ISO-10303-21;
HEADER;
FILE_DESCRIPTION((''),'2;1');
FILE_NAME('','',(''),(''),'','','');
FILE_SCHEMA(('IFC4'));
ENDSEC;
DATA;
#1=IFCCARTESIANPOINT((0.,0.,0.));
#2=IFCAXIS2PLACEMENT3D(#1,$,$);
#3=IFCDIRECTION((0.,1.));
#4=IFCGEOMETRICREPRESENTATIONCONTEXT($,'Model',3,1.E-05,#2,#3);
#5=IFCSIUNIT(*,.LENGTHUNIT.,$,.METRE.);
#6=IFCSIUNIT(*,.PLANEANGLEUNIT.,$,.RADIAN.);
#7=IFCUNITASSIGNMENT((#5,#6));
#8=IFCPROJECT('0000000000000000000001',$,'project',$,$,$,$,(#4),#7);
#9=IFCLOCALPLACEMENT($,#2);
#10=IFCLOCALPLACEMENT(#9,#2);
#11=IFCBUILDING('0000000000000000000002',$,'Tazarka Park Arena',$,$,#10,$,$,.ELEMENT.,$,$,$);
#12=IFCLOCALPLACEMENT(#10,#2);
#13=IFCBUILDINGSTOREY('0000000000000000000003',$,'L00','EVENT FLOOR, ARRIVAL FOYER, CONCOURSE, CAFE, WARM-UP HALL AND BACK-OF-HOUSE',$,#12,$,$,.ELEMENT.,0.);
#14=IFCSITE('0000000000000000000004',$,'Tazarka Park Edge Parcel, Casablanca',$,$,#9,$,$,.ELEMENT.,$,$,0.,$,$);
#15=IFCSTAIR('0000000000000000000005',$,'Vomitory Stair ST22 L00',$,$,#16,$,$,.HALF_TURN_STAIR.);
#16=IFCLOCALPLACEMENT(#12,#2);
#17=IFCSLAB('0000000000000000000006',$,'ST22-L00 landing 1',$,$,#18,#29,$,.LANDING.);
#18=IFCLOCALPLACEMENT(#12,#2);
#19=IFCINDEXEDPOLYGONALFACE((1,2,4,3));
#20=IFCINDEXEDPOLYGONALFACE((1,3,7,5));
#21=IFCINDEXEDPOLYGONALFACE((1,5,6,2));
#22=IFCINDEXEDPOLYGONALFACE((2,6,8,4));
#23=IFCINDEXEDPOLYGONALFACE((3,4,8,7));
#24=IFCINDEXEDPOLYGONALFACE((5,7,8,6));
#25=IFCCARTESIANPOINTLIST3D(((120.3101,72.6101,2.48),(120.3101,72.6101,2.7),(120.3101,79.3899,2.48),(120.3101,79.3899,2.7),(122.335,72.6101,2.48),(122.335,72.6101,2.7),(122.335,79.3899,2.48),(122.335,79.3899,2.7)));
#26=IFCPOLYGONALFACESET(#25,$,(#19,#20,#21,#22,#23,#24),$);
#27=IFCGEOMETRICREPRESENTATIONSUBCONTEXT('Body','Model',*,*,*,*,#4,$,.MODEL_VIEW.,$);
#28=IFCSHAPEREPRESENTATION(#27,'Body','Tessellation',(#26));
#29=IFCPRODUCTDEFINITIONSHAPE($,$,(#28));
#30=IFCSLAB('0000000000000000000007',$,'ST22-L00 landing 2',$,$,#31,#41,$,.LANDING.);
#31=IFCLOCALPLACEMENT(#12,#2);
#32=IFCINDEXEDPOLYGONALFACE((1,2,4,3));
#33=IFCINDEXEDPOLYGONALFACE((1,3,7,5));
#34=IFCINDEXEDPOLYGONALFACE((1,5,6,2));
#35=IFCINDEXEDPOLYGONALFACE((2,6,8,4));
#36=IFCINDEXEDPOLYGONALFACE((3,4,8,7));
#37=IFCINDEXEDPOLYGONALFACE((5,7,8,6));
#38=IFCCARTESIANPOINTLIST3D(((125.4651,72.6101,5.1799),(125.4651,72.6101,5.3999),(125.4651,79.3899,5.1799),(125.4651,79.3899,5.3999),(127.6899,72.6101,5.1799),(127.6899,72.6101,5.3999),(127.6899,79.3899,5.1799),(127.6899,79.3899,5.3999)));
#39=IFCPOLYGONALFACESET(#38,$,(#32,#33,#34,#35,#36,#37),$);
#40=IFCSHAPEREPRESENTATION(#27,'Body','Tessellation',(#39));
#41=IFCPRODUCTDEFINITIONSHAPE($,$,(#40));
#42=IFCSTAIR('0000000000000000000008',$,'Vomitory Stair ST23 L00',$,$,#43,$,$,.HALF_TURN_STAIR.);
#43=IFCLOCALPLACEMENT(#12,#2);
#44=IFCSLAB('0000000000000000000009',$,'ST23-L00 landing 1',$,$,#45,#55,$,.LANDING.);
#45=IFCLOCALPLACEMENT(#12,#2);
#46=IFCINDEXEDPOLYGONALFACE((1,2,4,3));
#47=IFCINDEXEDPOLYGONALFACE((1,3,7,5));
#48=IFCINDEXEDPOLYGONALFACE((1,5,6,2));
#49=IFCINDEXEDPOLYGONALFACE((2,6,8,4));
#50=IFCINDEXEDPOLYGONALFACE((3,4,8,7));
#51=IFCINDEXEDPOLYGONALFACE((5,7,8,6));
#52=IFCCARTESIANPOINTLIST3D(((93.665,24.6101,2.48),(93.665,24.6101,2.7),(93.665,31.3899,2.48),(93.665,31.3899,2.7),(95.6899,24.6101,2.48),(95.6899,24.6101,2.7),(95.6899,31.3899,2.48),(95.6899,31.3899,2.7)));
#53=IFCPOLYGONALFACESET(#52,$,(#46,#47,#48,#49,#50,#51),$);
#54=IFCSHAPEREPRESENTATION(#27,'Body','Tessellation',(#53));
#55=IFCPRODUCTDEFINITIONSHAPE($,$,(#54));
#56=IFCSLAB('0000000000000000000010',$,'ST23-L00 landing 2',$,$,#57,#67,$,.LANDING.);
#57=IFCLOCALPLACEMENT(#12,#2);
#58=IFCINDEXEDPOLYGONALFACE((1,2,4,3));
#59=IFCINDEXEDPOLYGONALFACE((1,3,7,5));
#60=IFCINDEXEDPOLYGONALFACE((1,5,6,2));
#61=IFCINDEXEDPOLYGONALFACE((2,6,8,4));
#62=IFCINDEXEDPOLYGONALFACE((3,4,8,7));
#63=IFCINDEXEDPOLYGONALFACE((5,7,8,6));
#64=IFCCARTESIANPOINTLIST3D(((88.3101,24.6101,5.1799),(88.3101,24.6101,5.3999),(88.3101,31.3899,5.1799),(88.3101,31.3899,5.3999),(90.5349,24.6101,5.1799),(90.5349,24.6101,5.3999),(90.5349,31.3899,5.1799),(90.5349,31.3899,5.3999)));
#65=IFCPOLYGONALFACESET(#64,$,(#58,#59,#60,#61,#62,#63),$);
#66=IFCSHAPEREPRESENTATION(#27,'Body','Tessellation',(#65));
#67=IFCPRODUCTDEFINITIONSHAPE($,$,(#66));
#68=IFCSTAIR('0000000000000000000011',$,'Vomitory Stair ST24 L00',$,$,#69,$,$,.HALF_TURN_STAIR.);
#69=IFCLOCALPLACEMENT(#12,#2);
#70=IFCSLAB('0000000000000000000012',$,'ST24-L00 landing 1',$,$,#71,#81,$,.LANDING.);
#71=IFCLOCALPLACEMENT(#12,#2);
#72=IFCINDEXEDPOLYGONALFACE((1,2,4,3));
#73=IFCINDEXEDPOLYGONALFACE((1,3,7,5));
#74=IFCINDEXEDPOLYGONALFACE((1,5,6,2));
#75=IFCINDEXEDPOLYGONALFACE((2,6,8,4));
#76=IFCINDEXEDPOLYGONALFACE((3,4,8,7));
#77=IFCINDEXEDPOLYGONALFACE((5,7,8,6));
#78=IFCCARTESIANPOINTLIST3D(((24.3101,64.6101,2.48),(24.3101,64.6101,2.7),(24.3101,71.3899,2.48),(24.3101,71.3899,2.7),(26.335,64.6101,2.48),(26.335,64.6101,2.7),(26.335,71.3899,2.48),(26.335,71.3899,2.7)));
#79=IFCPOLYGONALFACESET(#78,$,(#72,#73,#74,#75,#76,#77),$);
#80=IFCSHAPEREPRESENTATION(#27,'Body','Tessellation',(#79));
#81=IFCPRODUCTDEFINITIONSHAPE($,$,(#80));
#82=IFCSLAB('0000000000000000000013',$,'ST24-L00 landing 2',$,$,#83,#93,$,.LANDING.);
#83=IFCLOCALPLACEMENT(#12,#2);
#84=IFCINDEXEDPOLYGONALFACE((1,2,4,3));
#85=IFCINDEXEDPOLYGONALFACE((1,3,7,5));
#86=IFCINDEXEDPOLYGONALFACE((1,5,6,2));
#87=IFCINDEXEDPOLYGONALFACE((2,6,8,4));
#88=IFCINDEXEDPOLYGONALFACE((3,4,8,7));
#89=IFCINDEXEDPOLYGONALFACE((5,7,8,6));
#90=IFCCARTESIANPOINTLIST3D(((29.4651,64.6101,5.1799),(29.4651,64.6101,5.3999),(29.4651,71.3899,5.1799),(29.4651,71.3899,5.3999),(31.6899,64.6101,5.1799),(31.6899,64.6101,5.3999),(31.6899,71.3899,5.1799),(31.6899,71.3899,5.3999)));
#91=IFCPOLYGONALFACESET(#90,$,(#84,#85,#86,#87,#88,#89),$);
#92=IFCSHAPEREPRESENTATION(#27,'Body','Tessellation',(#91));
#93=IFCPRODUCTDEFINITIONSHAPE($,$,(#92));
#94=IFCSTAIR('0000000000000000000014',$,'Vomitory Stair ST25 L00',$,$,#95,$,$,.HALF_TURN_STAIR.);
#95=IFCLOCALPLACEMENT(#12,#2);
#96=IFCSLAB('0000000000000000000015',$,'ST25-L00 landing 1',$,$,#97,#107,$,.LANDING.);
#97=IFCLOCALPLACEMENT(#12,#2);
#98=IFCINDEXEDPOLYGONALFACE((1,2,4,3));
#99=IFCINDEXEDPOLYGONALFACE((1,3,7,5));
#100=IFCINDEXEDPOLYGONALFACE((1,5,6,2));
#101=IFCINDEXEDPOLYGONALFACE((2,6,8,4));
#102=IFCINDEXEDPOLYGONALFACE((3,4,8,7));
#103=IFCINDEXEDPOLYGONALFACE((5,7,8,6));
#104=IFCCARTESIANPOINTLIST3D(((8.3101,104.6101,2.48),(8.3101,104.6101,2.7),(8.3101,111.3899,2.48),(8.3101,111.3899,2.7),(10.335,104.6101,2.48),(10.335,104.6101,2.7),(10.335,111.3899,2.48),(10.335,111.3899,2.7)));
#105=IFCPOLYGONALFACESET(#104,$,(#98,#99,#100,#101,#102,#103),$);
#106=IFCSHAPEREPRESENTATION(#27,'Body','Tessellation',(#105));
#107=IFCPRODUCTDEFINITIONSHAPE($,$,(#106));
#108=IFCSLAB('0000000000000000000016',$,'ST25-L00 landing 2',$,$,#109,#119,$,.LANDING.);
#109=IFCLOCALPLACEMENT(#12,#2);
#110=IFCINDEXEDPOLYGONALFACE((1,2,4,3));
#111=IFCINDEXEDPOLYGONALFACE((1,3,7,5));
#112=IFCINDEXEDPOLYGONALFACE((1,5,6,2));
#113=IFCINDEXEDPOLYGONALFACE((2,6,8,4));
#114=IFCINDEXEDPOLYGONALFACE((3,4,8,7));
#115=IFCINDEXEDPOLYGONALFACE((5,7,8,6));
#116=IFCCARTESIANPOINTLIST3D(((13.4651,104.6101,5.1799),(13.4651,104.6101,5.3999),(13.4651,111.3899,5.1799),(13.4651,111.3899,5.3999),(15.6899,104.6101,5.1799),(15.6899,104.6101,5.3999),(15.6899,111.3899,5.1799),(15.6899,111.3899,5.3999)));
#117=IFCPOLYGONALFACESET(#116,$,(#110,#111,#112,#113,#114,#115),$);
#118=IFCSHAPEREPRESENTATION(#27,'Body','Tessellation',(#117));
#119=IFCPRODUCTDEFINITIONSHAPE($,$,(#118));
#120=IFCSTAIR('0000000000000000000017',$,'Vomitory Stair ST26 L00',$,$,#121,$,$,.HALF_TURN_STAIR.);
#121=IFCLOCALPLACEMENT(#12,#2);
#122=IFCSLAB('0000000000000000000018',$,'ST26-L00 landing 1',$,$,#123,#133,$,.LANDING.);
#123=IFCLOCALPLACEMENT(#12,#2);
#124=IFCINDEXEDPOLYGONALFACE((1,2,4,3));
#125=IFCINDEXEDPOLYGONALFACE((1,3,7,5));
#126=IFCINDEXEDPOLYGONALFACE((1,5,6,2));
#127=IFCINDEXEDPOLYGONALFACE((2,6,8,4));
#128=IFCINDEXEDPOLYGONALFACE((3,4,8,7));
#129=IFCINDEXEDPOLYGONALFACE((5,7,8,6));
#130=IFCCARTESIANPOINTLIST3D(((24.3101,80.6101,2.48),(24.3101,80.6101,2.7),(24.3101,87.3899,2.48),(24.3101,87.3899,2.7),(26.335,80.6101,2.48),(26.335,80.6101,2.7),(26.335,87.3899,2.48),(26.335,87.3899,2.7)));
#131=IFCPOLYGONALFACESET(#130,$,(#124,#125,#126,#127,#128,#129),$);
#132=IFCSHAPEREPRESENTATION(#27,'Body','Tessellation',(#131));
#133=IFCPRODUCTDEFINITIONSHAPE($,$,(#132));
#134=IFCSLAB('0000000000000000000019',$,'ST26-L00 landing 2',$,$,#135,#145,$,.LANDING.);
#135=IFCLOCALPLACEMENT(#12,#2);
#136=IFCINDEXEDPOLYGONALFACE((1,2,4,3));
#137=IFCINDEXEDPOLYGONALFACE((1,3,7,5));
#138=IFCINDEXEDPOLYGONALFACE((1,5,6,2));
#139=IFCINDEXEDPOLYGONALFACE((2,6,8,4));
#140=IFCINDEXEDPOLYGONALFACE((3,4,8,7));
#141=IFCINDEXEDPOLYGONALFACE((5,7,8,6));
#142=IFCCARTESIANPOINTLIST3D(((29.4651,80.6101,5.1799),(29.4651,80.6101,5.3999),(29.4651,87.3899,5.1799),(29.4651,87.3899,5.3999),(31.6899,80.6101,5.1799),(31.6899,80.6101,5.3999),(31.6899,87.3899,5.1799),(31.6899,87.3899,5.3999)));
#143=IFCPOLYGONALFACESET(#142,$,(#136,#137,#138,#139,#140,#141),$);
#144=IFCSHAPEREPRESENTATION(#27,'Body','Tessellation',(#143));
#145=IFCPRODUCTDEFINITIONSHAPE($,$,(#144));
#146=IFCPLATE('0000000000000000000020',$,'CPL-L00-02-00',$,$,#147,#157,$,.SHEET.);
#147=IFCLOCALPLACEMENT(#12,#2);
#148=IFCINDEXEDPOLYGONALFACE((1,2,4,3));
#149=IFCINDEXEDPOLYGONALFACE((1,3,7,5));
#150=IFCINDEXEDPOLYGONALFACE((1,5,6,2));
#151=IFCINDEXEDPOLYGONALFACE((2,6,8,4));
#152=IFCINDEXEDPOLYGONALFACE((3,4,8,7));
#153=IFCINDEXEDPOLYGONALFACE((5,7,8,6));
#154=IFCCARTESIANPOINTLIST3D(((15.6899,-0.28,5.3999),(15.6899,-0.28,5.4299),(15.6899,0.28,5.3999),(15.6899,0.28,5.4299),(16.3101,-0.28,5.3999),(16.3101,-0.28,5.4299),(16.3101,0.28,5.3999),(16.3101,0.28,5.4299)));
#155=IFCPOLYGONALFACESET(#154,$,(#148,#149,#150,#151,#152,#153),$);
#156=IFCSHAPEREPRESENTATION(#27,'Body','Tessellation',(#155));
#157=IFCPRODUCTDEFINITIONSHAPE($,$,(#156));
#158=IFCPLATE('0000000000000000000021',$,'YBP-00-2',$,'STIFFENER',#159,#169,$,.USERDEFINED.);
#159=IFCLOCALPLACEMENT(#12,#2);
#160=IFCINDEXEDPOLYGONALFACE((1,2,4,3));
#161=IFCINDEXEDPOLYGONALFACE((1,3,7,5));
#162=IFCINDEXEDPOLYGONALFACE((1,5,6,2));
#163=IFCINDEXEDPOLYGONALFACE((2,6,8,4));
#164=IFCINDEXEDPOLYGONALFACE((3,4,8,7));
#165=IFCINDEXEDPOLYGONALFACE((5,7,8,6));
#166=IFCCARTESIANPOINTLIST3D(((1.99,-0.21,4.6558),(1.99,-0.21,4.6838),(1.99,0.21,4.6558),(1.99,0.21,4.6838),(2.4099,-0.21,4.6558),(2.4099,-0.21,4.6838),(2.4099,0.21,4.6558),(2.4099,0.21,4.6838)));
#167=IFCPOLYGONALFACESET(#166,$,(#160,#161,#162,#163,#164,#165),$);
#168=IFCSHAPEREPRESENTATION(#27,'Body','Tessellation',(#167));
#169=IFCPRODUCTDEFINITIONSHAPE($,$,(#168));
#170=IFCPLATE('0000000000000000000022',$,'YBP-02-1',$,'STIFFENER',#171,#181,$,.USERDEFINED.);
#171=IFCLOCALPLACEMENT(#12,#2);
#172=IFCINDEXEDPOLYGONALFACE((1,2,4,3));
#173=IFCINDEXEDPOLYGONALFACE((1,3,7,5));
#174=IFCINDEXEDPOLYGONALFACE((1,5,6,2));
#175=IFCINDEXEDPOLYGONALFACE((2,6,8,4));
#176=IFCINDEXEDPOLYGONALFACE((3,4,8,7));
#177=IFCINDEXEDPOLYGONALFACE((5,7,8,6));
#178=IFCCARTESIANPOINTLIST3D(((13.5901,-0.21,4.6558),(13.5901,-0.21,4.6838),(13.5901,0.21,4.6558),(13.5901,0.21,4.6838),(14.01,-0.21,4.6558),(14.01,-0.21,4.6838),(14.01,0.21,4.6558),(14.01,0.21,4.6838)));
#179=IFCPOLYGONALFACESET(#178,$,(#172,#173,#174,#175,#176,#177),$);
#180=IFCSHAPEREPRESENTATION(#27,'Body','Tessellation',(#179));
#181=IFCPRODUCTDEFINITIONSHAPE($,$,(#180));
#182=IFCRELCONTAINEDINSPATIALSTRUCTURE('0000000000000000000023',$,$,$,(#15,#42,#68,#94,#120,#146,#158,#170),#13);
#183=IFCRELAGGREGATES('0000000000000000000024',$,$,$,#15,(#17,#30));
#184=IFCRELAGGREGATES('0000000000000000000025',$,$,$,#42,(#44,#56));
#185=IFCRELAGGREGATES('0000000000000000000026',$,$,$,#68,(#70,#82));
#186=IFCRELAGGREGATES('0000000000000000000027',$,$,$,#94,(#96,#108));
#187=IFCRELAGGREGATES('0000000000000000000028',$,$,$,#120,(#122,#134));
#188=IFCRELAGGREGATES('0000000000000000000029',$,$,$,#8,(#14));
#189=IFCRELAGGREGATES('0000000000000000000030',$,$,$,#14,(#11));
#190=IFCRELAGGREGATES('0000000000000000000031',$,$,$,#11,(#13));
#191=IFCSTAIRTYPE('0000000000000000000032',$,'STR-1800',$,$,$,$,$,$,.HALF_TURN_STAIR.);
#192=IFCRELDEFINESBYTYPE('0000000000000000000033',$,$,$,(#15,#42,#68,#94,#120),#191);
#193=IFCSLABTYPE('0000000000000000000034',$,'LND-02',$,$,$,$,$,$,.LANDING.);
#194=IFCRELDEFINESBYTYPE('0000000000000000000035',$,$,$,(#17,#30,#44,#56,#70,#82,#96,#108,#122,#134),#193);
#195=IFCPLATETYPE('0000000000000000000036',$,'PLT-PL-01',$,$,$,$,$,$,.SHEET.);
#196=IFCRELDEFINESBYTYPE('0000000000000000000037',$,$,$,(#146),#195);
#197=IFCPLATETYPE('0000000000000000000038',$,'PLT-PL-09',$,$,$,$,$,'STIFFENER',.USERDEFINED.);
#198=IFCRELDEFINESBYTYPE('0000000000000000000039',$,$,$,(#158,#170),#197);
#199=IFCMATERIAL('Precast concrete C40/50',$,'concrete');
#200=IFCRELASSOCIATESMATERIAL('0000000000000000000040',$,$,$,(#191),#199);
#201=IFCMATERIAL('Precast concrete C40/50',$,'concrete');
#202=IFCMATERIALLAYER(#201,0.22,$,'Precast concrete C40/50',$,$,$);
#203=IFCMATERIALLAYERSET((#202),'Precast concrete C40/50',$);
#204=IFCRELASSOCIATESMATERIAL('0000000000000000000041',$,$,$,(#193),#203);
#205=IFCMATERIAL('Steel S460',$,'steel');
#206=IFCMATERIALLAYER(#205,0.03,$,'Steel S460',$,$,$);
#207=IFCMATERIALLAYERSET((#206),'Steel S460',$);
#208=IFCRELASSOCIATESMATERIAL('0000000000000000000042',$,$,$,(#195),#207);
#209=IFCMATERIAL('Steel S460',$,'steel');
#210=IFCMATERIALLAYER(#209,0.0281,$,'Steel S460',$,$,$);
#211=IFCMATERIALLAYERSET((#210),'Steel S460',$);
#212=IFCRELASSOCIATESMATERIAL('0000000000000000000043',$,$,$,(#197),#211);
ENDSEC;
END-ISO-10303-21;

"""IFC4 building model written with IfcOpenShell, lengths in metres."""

from ifc_helpers import new_model, si_unit, direction, frame, origin, origin_2d, place, context, subcontext, project, spatial, polyline, rectangle, outline, extrude, material, layer, layer_set, type_object, element, aggregate, save


model = new_model("IFC4")

# Units and contexts
model_context = context("Model", 3, precision=1e-05, world=origin(), true_north=direction((0.0, 1.0)))
body_context = subcontext(model_context, "Body", "Model", "MODEL_VIEW")
ifc_project = project(units=[si_unit("LENGTHUNIT", "METRE"), si_unit("PLANEANGLEUNIT", "RADIAN")], contexts=[model_context])

# Site, building, storey
site_placement = place(None, origin())
site = spatial("IfcSite", under=ifc_project, at=site_placement, Name="Tazarka Park Edge Parcel, Casablanca", CompositionType="ELEMENT", RefElevation=0.0)
building_placement = place(site_placement, origin())
building = spatial("IfcBuilding", under=site, at=building_placement, Name="Tazarka Park Arena", CompositionType="ELEMENT")
storey_placement = place(building_placement, origin())
storey = spatial("IfcBuildingStorey", under=building, at=storey_placement, Name="L00", Description="EVENT FLOOR, ARRIVAL FOYER, CONCOURSE, CAFE, WARM-UP HALL AND BACK-OF-HOUSE", CompositionType="ELEMENT", Elevation=0.0)

# Stairs, slabs
ifc_material_1 = material(Name="Precast concrete C40/50", Category="concrete")
stair_type = type_object("IfcStairType", Name="STR-1800", PredefinedType="HALF_TURN_STAIR", material=ifc_material_1)
ifc_material_2 = material(Name="Precast concrete C40/50", Category="concrete")
ifc_layer_1 = layer(ifc_material_2, 0.22, Name="Precast concrete C40/50")
ifc_layer_set_1 = layer_set([ifc_layer_1], Name="Precast concrete C40/50")
slab_type = type_object("IfcSlabType", Name="LND-02", PredefinedType="LANDING", material=ifc_layer_set_1)
stair_1_placement = place(storey_placement, origin())
stair_1 = element("IfcStair", 1, at=stair_1_placement, inside=storey, type_object=stair_type, Name="Vomitory Stair ST22 L00", PredefinedType="HALF_TURN_STAIR")
slab_1_placement = place(storey_placement, frame((0.0, 0.0, 2.48)))
slab_1 = element("IfcSlab", 2, at=slab_1_placement, type_object=slab_type, Name="ST22-L00 landing 1", PredefinedType="LANDING", context=body_context, shape_type="SweptSolid", body=[
    extrude(outline(polyline([(120.3101, 72.6101), (122.335, 72.6101), (122.335, 79.3899), (120.3101, 79.3899), (120.3101, 72.6101)])), origin(), (0.0, 0.0, 1.0), 0.22),
])
slab_2_placement = place(storey_placement, frame((0.0, 0.0, 5.1799)))
slab_2 = element("IfcSlab", 3, at=slab_2_placement, type_object=slab_type, Name="ST22-L00 landing 2", PredefinedType="LANDING", context=body_context, shape_type="SweptSolid", body=[
    extrude(outline(polyline([(125.4651, 72.6101), (127.6899, 72.6101), (127.6899, 79.3899), (125.4651, 79.3899), (125.4651, 72.6101)])), origin(), (0.0, 0.0, 1.0), 0.22),
])
aggregate(stair_1, [slab_1, slab_2])
stair_2_placement = place(storey_placement, origin())
stair_2 = element("IfcStair", 4, at=stair_2_placement, inside=storey, type_object=stair_type, Name="Vomitory Stair ST23 L00", PredefinedType="HALF_TURN_STAIR")
slab_3_placement = place(storey_placement, frame((0.0, 0.0, 2.48)))
slab_3 = element("IfcSlab", 5, at=slab_3_placement, type_object=slab_type, Name="ST23-L00 landing 1", PredefinedType="LANDING", context=body_context, shape_type="SweptSolid", body=[
    extrude(outline(polyline([(93.665, 24.6101), (95.6899, 24.6101), (95.6899, 31.3899), (93.665, 31.3899), (93.665, 24.6101)])), origin(), (0.0, 0.0, 1.0), 0.22),
])
slab_4_placement = place(storey_placement, frame((0.0, 0.0, 5.1799)))
slab_4 = element("IfcSlab", 6, at=slab_4_placement, type_object=slab_type, Name="ST23-L00 landing 2", PredefinedType="LANDING", context=body_context, shape_type="SweptSolid", body=[
    extrude(outline(polyline([(88.3101, 24.6101), (90.5349, 24.6101), (90.5349, 31.3899), (88.3101, 31.3899), (88.3101, 24.6101)])), origin(), (0.0, 0.0, 1.0), 0.22),
])
aggregate(stair_2, [slab_3, slab_4])
stair_3_placement = place(storey_placement, origin())
stair_3 = element("IfcStair", 7, at=stair_3_placement, inside=storey, type_object=stair_type, Name="Vomitory Stair ST24 L00", PredefinedType="HALF_TURN_STAIR")
slab_5_placement = place(storey_placement, frame((0.0, 0.0, 2.48)))
slab_5 = element("IfcSlab", 8, at=slab_5_placement, type_object=slab_type, Name="ST24-L00 landing 1", PredefinedType="LANDING", context=body_context, shape_type="SweptSolid", body=[
    extrude(outline(polyline([(24.3101, 64.6101), (26.335, 64.6101), (26.335, 71.3899), (24.3101, 71.3899), (24.3101, 64.6101)])), origin(), (0.0, 0.0, 1.0), 0.22),
])
slab_6_placement = place(storey_placement, frame((0.0, 0.0, 5.1799)))
slab_6 = element("IfcSlab", 9, at=slab_6_placement, type_object=slab_type, Name="ST24-L00 landing 2", PredefinedType="LANDING", context=body_context, shape_type="SweptSolid", body=[
    extrude(outline(polyline([(29.4651, 64.6101), (31.6899, 64.6101), (31.6899, 71.3899), (29.4651, 71.3899), (29.4651, 64.6101)])), origin(), (0.0, 0.0, 1.0), 0.22),
])
aggregate(stair_3, [slab_5, slab_6])
stair_4_placement = place(storey_placement, origin())
stair_4 = element("IfcStair", 10, at=stair_4_placement, inside=storey, type_object=stair_type, Name="Vomitory Stair ST25 L00", PredefinedType="HALF_TURN_STAIR")
slab_7_placement = place(storey_placement, frame((0.0, 0.0, 2.48)))
slab_7 = element("IfcSlab", 11, at=slab_7_placement, type_object=slab_type, Name="ST25-L00 landing 1", PredefinedType="LANDING", context=body_context, shape_type="SweptSolid", body=[
    extrude(outline(polyline([(8.3101, 104.6101), (10.335, 104.6101), (10.335, 111.3899), (8.3101, 111.3899), (8.3101, 104.6101)])), origin(), (0.0, 0.0, 1.0), 0.22),
])
slab_8_placement = place(storey_placement, frame((0.0, 0.0, 5.1799)))
slab_8 = element("IfcSlab", 12, at=slab_8_placement, type_object=slab_type, Name="ST25-L00 landing 2", PredefinedType="LANDING", context=body_context, shape_type="SweptSolid", body=[
    extrude(outline(polyline([(13.4651, 104.6101), (15.6899, 104.6101), (15.6899, 111.3899), (13.4651, 111.3899), (13.4651, 104.6101)])), origin(), (0.0, 0.0, 1.0), 0.22),
])
aggregate(stair_4, [slab_7, slab_8])
stair_5_placement = place(storey_placement, origin())
stair_5 = element("IfcStair", 13, at=stair_5_placement, inside=storey, type_object=stair_type, Name="Vomitory Stair ST26 L00", PredefinedType="HALF_TURN_STAIR")
slab_9_placement = place(storey_placement, frame((0.0, 0.0, 2.48)))
slab_9 = element("IfcSlab", 14, at=slab_9_placement, type_object=slab_type, Name="ST26-L00 landing 1", PredefinedType="LANDING", context=body_context, shape_type="SweptSolid", body=[
    extrude(outline(polyline([(24.3101, 80.6101), (26.335, 80.6101), (26.335, 87.3899), (24.3101, 87.3899), (24.3101, 80.6101)])), origin(), (0.0, 0.0, 1.0), 0.22),
])
slab_10_placement = place(storey_placement, frame((0.0, 0.0, 5.1799)))
slab_10 = element("IfcSlab", 15, at=slab_10_placement, type_object=slab_type, Name="ST26-L00 landing 2", PredefinedType="LANDING", context=body_context, shape_type="SweptSolid", body=[
    extrude(outline(polyline([(29.4651, 80.6101), (31.6899, 80.6101), (31.6899, 87.3899), (29.4651, 87.3899), (29.4651, 80.6101)])), origin(), (0.0, 0.0, 1.0), 0.22),
])
aggregate(stair_5, [slab_9, slab_10])

# Plates
ifc_material_3 = material(Name="Steel S460", Category="steel")
ifc_layer_2 = layer(ifc_material_3, 0.03, Name="Steel S460")
ifc_layer_set_2 = layer_set([ifc_layer_2], Name="Steel S460")
plate_type_1 = type_object("IfcPlateType", Name="PLT-PL-01", PredefinedType="SHEET", material=ifc_layer_set_2)
plate_placement = place(storey_placement, frame((16.0, 0.0, 5.3999), z_axis=(0.0, 0.0, 1.0), x_axis=(1.0, 0.0, 0.0)))
element("IfcPlate", 16, at=plate_placement, inside=storey, type_object=plate_type_1, Name="CPL-L00-02-00", PredefinedType="SHEET", context=body_context, shape_type="SweptSolid", body=[
    extrude(rectangle(XDim=0.6201, YDim=0.5601, at=origin_2d()), origin(), (0.0, 0.0, 1.0), 0.03),
])
ifc_material_4 = material(Name="Steel S460", Category="steel")
ifc_layer_3 = layer(ifc_material_4, 0.0281, Name="Steel S460")
ifc_layer_set_3 = layer_set([ifc_layer_3], Name="Steel S460")
plate_type_2 = type_object("IfcPlateType", Name="PLT-PL-09", ElementType="STIFFENER", PredefinedType="USERDEFINED", material=ifc_layer_set_3)
for number, where, z_axis, x_axis, name in (
    (17, (2.2, 0.0, 4.6558), (0.0, 0.0, 1.0), (1.0, 0.0, 0.0), "YBP-00-2"),
    (18, (13.8, 0.0, 4.6558), (0.0, 0.0, 1.0), (1.0, 0.0, 0.0), "YBP-02-1"),
):
    element("IfcPlate", number, at=place(storey_placement, frame(where, z_axis=z_axis, x_axis=x_axis)), inside=storey, type_object=plate_type_2, Name=name, ObjectType="STIFFENER", PredefinedType="USERDEFINED", context=body_context, shape_type="SweptSolid", body=[
        extrude(rectangle(XDim=0.4199, YDim=0.4199, at=origin_2d()), origin(), (0.0, 0.0, 1.0), 0.0281),
    ])

save(model, "model.ifc")
